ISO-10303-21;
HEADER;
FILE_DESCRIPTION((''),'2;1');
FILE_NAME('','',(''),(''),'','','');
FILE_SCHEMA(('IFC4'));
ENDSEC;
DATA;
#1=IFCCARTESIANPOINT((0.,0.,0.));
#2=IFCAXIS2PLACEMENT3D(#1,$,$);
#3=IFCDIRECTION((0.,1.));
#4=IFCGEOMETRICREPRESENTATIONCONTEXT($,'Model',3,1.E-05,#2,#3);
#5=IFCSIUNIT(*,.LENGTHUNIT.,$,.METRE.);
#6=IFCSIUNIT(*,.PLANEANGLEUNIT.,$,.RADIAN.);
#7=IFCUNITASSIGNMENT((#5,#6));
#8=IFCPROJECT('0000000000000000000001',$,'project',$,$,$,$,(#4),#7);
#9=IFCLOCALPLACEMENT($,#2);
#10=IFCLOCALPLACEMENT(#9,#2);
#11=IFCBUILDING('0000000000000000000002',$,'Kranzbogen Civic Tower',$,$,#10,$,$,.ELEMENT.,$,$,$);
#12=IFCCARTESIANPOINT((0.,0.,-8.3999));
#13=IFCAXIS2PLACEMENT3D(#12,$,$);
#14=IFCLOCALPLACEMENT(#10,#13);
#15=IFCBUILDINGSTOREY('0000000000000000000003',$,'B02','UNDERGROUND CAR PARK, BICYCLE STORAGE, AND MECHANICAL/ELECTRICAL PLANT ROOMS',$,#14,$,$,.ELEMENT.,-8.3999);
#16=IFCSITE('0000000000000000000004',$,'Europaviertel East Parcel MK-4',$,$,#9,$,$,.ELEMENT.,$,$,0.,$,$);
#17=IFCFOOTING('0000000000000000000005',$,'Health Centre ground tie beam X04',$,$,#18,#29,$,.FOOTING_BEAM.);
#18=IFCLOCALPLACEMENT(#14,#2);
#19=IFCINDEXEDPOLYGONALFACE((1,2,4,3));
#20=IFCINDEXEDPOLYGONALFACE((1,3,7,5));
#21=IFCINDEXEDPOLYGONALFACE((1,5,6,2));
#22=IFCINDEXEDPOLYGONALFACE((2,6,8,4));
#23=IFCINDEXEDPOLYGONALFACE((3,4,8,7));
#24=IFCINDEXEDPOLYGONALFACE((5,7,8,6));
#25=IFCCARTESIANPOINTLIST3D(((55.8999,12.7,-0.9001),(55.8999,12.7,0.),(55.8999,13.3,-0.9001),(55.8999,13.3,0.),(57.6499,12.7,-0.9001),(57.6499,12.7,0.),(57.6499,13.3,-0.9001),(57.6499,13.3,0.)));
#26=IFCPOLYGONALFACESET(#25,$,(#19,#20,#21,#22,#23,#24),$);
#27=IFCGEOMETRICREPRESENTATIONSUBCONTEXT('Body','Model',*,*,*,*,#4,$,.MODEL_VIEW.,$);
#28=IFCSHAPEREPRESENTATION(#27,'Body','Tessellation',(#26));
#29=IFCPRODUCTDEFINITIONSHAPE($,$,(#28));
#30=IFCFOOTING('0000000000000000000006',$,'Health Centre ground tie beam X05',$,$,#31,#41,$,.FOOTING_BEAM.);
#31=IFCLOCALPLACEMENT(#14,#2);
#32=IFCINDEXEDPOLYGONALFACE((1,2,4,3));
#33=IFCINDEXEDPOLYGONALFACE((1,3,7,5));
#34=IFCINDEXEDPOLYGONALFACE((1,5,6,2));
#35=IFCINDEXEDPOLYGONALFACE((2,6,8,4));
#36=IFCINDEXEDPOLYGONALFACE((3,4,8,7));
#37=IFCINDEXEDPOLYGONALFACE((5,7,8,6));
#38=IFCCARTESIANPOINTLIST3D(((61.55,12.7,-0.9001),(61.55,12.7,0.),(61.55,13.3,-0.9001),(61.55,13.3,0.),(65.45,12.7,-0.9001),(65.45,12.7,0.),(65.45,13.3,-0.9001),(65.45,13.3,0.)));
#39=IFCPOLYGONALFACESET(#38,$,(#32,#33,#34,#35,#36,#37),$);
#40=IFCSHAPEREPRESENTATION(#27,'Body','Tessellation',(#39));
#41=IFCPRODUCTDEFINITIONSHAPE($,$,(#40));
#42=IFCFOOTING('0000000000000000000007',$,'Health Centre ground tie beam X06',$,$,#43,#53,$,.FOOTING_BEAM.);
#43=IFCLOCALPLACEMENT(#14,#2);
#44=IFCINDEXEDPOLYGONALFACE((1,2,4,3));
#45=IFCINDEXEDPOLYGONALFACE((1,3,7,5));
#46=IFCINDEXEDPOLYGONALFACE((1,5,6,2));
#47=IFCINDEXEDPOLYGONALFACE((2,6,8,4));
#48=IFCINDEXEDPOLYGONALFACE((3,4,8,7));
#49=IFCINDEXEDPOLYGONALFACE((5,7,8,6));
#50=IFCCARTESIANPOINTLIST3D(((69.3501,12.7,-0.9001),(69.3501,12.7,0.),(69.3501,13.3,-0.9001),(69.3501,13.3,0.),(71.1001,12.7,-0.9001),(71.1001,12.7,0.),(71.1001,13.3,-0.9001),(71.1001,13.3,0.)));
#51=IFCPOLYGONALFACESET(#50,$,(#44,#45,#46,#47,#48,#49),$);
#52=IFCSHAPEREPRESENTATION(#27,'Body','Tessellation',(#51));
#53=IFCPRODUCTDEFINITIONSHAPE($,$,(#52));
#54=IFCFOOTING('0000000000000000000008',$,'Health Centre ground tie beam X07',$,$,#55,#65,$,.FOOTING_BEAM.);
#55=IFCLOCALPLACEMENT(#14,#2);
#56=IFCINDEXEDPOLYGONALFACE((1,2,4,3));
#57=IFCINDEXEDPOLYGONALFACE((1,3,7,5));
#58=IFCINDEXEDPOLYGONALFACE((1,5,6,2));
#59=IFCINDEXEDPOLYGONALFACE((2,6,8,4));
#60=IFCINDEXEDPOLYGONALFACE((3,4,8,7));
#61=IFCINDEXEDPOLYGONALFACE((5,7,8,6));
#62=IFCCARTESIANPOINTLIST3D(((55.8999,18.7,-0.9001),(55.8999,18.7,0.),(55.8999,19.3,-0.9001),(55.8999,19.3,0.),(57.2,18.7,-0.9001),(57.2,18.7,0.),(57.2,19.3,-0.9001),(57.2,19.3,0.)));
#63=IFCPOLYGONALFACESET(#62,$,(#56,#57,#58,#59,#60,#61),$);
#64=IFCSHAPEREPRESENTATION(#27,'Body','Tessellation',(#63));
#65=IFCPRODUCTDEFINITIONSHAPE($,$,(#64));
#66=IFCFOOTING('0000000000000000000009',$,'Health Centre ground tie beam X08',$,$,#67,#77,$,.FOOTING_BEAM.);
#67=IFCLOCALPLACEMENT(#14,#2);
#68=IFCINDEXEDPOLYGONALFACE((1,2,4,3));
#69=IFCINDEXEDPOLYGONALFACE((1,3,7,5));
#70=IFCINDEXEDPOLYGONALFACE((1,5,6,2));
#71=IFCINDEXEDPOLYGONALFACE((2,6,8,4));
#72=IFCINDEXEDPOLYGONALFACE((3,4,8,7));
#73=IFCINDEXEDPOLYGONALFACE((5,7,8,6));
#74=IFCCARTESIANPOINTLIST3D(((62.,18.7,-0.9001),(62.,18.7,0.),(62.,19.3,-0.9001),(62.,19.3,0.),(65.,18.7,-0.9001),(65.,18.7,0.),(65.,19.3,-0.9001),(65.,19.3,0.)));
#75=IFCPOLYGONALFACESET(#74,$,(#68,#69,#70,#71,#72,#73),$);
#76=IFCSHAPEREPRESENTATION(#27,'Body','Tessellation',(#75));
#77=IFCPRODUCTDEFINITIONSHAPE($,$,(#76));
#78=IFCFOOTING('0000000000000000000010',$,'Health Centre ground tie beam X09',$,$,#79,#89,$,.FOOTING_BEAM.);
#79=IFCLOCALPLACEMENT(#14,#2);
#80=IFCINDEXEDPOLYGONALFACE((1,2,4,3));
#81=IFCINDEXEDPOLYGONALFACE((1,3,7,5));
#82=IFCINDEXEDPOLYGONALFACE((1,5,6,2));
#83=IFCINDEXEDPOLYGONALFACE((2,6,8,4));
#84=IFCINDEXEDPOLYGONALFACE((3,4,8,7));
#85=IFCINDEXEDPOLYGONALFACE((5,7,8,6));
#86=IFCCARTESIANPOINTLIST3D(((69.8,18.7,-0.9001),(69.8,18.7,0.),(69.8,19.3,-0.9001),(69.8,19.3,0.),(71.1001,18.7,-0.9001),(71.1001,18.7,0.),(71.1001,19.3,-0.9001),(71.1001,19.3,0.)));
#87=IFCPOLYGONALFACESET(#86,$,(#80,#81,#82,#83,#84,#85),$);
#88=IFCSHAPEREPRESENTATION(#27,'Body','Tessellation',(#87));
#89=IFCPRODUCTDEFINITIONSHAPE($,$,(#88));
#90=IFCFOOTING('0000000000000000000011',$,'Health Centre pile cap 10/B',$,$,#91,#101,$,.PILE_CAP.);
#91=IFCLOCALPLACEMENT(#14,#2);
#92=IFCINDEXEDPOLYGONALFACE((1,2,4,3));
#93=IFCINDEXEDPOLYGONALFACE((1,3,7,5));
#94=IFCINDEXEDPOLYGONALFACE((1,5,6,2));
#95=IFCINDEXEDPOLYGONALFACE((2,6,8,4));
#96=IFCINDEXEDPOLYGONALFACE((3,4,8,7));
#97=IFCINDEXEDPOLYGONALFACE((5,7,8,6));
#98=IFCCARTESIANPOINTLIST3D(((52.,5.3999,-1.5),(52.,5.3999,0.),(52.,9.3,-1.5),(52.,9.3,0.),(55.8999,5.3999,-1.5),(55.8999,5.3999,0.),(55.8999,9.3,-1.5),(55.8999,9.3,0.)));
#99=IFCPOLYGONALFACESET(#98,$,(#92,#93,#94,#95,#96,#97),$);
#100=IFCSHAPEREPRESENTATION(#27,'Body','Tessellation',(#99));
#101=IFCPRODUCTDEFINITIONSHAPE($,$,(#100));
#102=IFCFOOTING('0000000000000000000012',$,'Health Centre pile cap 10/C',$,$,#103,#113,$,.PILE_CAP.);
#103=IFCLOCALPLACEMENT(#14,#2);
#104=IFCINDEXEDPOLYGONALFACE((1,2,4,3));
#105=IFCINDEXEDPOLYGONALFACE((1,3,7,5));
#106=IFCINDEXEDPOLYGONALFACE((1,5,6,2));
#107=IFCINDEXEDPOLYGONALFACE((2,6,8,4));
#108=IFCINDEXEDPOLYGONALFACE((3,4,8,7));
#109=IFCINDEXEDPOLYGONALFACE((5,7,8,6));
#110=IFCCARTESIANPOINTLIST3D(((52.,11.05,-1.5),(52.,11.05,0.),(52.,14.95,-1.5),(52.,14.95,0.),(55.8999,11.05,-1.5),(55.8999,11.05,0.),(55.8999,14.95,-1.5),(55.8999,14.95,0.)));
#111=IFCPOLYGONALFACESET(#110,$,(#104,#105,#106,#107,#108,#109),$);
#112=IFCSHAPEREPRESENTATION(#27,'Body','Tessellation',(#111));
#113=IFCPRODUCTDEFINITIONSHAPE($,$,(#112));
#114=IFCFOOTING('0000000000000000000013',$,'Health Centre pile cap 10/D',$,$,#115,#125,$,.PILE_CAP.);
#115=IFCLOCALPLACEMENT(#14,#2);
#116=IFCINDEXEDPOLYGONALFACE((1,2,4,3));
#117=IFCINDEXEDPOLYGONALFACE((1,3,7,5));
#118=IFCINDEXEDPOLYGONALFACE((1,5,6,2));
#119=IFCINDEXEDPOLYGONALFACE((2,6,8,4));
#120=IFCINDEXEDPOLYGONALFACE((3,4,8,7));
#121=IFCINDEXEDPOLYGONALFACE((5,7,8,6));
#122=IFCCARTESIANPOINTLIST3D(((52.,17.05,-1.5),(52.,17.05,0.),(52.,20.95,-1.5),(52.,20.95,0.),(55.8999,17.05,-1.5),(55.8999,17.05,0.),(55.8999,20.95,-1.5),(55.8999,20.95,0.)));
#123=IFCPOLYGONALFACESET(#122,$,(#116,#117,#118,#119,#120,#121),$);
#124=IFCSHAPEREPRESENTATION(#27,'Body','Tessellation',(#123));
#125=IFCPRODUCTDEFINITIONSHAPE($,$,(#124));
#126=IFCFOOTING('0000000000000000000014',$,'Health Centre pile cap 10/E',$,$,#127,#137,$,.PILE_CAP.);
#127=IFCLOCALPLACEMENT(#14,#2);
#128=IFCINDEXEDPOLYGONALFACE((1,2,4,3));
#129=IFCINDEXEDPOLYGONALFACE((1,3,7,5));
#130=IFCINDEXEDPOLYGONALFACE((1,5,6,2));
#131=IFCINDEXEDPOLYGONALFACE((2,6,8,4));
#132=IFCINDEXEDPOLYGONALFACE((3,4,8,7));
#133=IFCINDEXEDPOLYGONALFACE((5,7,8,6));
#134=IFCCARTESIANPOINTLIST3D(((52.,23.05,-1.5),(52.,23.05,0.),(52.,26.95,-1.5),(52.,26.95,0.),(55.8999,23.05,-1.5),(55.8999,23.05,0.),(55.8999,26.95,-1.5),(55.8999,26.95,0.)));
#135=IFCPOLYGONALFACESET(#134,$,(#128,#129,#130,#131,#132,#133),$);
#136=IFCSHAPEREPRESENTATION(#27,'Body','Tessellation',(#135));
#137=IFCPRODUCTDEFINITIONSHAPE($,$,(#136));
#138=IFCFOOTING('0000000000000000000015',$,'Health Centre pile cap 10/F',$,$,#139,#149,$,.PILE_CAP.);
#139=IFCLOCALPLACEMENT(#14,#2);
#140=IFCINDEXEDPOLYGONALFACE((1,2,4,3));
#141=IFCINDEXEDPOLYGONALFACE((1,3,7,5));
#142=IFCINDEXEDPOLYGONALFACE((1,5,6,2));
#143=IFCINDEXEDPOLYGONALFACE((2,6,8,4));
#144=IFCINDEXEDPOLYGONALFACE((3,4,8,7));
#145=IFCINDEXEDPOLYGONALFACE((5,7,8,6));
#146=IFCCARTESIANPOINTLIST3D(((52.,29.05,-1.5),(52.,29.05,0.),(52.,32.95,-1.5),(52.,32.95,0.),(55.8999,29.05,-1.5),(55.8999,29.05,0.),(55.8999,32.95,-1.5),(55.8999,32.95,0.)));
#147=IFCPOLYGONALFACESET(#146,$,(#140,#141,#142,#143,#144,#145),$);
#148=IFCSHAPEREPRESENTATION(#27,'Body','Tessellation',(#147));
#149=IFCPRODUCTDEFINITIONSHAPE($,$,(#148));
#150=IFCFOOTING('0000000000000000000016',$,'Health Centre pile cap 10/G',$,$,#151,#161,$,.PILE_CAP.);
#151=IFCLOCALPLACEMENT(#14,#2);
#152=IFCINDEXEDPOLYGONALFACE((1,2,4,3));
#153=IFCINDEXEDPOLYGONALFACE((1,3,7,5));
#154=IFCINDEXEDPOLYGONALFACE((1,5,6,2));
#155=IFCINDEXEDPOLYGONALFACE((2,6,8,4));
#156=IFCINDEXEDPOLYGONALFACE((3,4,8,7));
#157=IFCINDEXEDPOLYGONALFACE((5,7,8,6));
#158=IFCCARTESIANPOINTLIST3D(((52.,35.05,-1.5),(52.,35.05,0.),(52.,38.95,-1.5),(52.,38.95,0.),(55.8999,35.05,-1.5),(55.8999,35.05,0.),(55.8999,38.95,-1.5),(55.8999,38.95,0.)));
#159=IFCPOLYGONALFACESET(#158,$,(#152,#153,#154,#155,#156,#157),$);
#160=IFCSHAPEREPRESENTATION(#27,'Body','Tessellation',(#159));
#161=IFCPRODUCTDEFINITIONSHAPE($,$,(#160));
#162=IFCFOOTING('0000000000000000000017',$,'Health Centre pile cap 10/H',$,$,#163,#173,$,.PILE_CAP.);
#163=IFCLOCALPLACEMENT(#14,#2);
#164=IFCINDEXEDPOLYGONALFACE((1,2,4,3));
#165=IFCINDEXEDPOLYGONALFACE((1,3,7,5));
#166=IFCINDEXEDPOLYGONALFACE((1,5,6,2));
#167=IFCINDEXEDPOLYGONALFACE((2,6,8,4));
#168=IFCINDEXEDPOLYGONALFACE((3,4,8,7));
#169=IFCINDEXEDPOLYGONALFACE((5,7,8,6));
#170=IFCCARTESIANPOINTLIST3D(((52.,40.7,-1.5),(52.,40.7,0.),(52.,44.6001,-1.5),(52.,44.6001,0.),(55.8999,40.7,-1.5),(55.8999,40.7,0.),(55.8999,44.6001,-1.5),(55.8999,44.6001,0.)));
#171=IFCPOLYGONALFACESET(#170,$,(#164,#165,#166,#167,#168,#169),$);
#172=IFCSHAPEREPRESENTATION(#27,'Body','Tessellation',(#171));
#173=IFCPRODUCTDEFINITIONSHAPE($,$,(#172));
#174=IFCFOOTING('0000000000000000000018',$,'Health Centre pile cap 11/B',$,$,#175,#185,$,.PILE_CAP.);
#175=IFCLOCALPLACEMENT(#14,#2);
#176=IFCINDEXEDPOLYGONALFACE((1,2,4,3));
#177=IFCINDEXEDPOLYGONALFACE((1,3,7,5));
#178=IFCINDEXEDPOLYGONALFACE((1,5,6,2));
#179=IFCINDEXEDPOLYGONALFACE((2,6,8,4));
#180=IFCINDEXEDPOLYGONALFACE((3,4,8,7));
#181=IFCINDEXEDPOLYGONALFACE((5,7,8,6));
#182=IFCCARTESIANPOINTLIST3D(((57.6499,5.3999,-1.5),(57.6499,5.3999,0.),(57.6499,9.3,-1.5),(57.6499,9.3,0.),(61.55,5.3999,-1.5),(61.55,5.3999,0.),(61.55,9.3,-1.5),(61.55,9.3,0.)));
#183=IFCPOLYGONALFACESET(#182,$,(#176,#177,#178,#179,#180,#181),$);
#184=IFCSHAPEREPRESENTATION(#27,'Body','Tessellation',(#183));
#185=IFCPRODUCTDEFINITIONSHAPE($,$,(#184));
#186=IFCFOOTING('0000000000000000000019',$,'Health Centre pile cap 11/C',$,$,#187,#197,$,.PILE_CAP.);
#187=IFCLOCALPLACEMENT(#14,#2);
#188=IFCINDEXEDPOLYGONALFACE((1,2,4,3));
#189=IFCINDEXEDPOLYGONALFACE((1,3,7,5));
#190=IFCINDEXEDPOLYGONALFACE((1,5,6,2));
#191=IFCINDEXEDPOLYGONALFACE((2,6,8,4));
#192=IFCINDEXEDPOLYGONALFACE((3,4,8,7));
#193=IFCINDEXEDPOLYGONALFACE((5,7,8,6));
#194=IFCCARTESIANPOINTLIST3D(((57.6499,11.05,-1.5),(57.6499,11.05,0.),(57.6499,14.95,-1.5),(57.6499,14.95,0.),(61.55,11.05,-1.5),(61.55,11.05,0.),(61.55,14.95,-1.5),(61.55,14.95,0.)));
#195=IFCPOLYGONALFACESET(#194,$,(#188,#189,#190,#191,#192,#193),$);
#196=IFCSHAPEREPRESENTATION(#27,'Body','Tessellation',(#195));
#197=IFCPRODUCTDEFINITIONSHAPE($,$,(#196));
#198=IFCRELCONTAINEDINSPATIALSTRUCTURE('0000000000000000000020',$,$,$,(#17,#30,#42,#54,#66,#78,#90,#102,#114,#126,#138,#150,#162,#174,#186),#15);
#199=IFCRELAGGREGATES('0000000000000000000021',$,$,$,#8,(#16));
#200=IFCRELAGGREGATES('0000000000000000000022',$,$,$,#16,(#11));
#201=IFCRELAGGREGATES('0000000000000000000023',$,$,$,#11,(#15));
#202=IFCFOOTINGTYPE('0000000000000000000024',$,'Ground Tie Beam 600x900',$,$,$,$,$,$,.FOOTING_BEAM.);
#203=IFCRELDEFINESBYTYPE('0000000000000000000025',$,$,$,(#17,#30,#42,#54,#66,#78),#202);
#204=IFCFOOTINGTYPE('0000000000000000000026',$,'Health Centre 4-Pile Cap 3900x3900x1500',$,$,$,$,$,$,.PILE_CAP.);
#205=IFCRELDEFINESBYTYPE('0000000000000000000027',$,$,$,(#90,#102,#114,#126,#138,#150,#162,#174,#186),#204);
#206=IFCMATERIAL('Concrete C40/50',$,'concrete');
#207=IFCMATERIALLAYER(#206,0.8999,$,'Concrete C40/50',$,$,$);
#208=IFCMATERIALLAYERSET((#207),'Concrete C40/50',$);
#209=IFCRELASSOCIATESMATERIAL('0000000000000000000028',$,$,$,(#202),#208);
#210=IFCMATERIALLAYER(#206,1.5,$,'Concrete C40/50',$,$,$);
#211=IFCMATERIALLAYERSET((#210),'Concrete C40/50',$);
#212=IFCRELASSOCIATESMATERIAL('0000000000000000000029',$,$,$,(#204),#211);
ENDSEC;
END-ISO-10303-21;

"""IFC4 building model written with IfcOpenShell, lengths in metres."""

from ifc_helpers import new_model, si_unit, direction, frame, origin, place, context, subcontext, project, spatial, polyline, outline, extrude, material, layer, layer_set, type_object, element, save


model = new_model("IFC4")

# Units and contexts
model_context = context("Model", 3, precision=1e-05, world=origin(), true_north=direction((0.0, 1.0)))
body_context = subcontext(model_context, "Body", "Model", "MODEL_VIEW")
ifc_project = project(units=[si_unit("LENGTHUNIT", "METRE"), si_unit("PLANEANGLEUNIT", "RADIAN")], contexts=[model_context])

# Site, building, storey
site_placement = place(None, origin())
site = spatial("IfcSite", under=ifc_project, at=site_placement, Name="Europaviertel East Parcel MK-4", CompositionType="ELEMENT", RefElevation=0.0)
building_placement = place(site_placement, origin())
building = spatial("IfcBuilding", under=site, at=building_placement, Name="Kranzbogen Civic Tower", CompositionType="ELEMENT")
storey_placement = place(building_placement, frame((0.0, 0.0, -8.3999)))
storey = spatial("IfcBuildingStorey", under=building, at=storey_placement, Name="B02", Description="UNDERGROUND CAR PARK, BICYCLE STORAGE, AND MECHANICAL/ELECTRICAL PLANT ROOMS", CompositionType="ELEMENT", Elevation=-8.3999)

# Footings
ifc_material_1 = material(Name="Concrete C40/50", Category="concrete")
ifc_layer_1 = layer(ifc_material_1, 0.8999, Name="Concrete C40/50")
ifc_layer_set_1 = layer_set([ifc_layer_1], Name="Concrete C40/50")
footing_type_1 = type_object("IfcFootingType", Name="Ground Tie Beam 600x900", PredefinedType="FOOTING_BEAM", material=ifc_layer_set_1)
footing_1_placement = place(storey_placement, frame((0.0, 0.0, -0.9001)))
element("IfcFooting", 1, at=footing_1_placement, inside=storey, type_object=footing_type_1, Name="Health Centre ground tie beam X04", PredefinedType="FOOTING_BEAM", context=body_context, shape_type="SweptSolid", body=[
    extrude(outline(polyline([(55.8999, 12.7), (57.6499, 12.7), (57.6499, 13.3), (55.8999, 13.3), (55.8999, 12.7)])), origin(), (0.0, 0.0, 1.0), 0.9001),
])
footing_2_placement = place(storey_placement, frame((0.0, 0.0, -0.9001)))
element("IfcFooting", 2, at=footing_2_placement, inside=storey, type_object=footing_type_1, Name="Health Centre ground tie beam X05", PredefinedType="FOOTING_BEAM", context=body_context, shape_type="SweptSolid", body=[
    extrude(outline(polyline([(61.55, 12.7), (65.45, 12.7), (65.45, 13.3), (61.55, 13.3), (61.55, 12.7)])), origin(), (0.0, 0.0, 1.0), 0.9001),
])
footing_3_placement = place(storey_placement, frame((0.0, 0.0, -0.9001)))
element("IfcFooting", 3, at=footing_3_placement, inside=storey, type_object=footing_type_1, Name="Health Centre ground tie beam X06", PredefinedType="FOOTING_BEAM", context=body_context, shape_type="SweptSolid", body=[
    extrude(outline(polyline([(69.3501, 12.7), (71.1001, 12.7), (71.1001, 13.3), (69.3501, 13.3), (69.3501, 12.7)])), origin(), (0.0, 0.0, 1.0), 0.9001),
])
footing_4_placement = place(storey_placement, frame((0.0, 0.0, -0.9001)))
element("IfcFooting", 4, at=footing_4_placement, inside=storey, type_object=footing_type_1, Name="Health Centre ground tie beam X07", PredefinedType="FOOTING_BEAM", context=body_context, shape_type="SweptSolid", body=[
    extrude(outline(polyline([(55.8999, 18.7), (57.2, 18.7), (57.2, 19.3), (55.8999, 19.3), (55.8999, 18.7)])), origin(), (0.0, 0.0, 1.0), 0.9001),
])
footing_5_placement = place(storey_placement, frame((0.0, 0.0, -0.9001)))
element("IfcFooting", 5, at=footing_5_placement, inside=storey, type_object=footing_type_1, Name="Health Centre ground tie beam X08", PredefinedType="FOOTING_BEAM", context=body_context, shape_type="SweptSolid", body=[
    extrude(outline(polyline([(62.0, 18.7), (65.0, 18.7), (65.0, 19.3), (62.0, 19.3), (62.0, 18.7)])), origin(), (0.0, 0.0, 1.0), 0.9001),
])
footing_6_placement = place(storey_placement, frame((0.0, 0.0, -0.9001)))
element("IfcFooting", 6, at=footing_6_placement, inside=storey, type_object=footing_type_1, Name="Health Centre ground tie beam X09", PredefinedType="FOOTING_BEAM", context=body_context, shape_type="SweptSolid", body=[
    extrude(outline(polyline([(69.8, 18.7), (71.1001, 18.7), (71.1001, 19.3), (69.8, 19.3), (69.8, 18.7)])), origin(), (0.0, 0.0, 1.0), 0.9001),
])
ifc_layer_2 = layer(ifc_material_1, 1.5, Name="Concrete C40/50")
ifc_layer_set_2 = layer_set([ifc_layer_2], Name="Concrete C40/50")
footing_type_2 = type_object("IfcFootingType", Name="Health Centre 4-Pile Cap 3900x3900x1500", PredefinedType="PILE_CAP", material=ifc_layer_set_2)
footing_7_placement = place(storey_placement, frame((0.0, 0.0, -1.5)))
element("IfcFooting", 7, at=footing_7_placement, inside=storey, type_object=footing_type_2, Name="Health Centre pile cap 10/B", PredefinedType="PILE_CAP", context=body_context, shape_type="SweptSolid", body=[
    extrude(outline(polyline([(52.0, 5.3999), (55.8999, 5.3999), (55.8999, 9.3), (52.0, 9.3), (52.0, 5.3999)])), origin(), (0.0, 0.0, 1.0), 1.5),
])
footing_8_placement = place(storey_placement, frame((0.0, 0.0, -1.5)))
element("IfcFooting", 8, at=footing_8_placement, inside=storey, type_object=footing_type_2, Name="Health Centre pile cap 10/C", PredefinedType="PILE_CAP", context=body_context, shape_type="SweptSolid", body=[
    extrude(outline(polyline([(52.0, 11.05), (55.8999, 11.05), (55.8999, 14.95), (52.0, 14.95), (52.0, 11.05)])), origin(), (0.0, 0.0, 1.0), 1.5),
])
footing_9_placement = place(storey_placement, frame((0.0, 0.0, -1.5)))
element("IfcFooting", 9, at=footing_9_placement, inside=storey, type_object=footing_type_2, Name="Health Centre pile cap 10/D", PredefinedType="PILE_CAP", context=body_context, shape_type="SweptSolid", body=[
    extrude(outline(polyline([(52.0, 17.05), (55.8999, 17.05), (55.8999, 20.95), (52.0, 20.95), (52.0, 17.05)])), origin(), (0.0, 0.0, 1.0), 1.5),
])
footing_10_placement = place(storey_placement, frame((0.0, 0.0, -1.5)))
element("IfcFooting", 10, at=footing_10_placement, inside=storey, type_object=footing_type_2, Name="Health Centre pile cap 10/E", PredefinedType="PILE_CAP", context=body_context, shape_type="SweptSolid", body=[
    extrude(outline(polyline([(52.0, 23.05), (55.8999, 23.05), (55.8999, 26.95), (52.0, 26.95), (52.0, 23.05)])), origin(), (0.0, 0.0, 1.0), 1.5),
])
footing_11_placement = place(storey_placement, frame((0.0, 0.0, -1.5)))
element("IfcFooting", 11, at=footing_11_placement, inside=storey, type_object=footing_type_2, Name="Health Centre pile cap 10/F", PredefinedType="PILE_CAP", context=body_context, shape_type="SweptSolid", body=[
    extrude(outline(polyline([(52.0, 29.05), (55.8999, 29.05), (55.8999, 32.95), (52.0, 32.95), (52.0, 29.05)])), origin(), (0.0, 0.0, 1.0), 1.5),
])
footing_12_placement = place(storey_placement, frame((0.0, 0.0, -1.5)))
element("IfcFooting", 12, at=footing_12_placement, inside=storey, type_object=footing_type_2, Name="Health Centre pile cap 10/G", PredefinedType="PILE_CAP", context=body_context, shape_type="SweptSolid", body=[
    extrude(outline(polyline([(52.0, 35.05), (55.8999, 35.05), (55.8999, 38.95), (52.0, 38.95), (52.0, 35.05)])), origin(), (0.0, 0.0, 1.0), 1.5),
])
footing_13_placement = place(storey_placement, frame((0.0, 0.0, -1.5)))
element("IfcFooting", 13, at=footing_13_placement, inside=storey, type_object=footing_type_2, Name="Health Centre pile cap 10/H", PredefinedType="PILE_CAP", context=body_context, shape_type="SweptSolid", body=[
    extrude(outline(polyline([(52.0, 40.7), (55.8999, 40.7), (55.8999, 44.6001), (52.0, 44.6001), (52.0, 40.7)])), origin(), (0.0, 0.0, 1.0), 1.5),
])
footing_14_placement = place(storey_placement, frame((0.0, 0.0, -1.5)))
element("IfcFooting", 14, at=footing_14_placement, inside=storey, type_object=footing_type_2, Name="Health Centre pile cap 11/B", PredefinedType="PILE_CAP", context=body_context, shape_type="SweptSolid", body=[
    extrude(outline(polyline([(57.6499, 5.3999), (61.55, 5.3999), (61.55, 9.3), (57.6499, 9.3), (57.6499, 5.3999)])), origin(), (0.0, 0.0, 1.0), 1.5),
])
footing_15_placement = place(storey_placement, frame((0.0, 0.0, -1.5)))
element("IfcFooting", 15, at=footing_15_placement, inside=storey, type_object=footing_type_2, Name="Health Centre pile cap 11/C", PredefinedType="PILE_CAP", context=body_context, shape_type="SweptSolid", body=[
    extrude(outline(polyline([(57.6499, 11.05), (61.55, 11.05), (61.55, 14.95), (57.6499, 14.95), (57.6499, 11.05)])), origin(), (0.0, 0.0, 1.0), 1.5),
])

save(model, "model.ifc")
